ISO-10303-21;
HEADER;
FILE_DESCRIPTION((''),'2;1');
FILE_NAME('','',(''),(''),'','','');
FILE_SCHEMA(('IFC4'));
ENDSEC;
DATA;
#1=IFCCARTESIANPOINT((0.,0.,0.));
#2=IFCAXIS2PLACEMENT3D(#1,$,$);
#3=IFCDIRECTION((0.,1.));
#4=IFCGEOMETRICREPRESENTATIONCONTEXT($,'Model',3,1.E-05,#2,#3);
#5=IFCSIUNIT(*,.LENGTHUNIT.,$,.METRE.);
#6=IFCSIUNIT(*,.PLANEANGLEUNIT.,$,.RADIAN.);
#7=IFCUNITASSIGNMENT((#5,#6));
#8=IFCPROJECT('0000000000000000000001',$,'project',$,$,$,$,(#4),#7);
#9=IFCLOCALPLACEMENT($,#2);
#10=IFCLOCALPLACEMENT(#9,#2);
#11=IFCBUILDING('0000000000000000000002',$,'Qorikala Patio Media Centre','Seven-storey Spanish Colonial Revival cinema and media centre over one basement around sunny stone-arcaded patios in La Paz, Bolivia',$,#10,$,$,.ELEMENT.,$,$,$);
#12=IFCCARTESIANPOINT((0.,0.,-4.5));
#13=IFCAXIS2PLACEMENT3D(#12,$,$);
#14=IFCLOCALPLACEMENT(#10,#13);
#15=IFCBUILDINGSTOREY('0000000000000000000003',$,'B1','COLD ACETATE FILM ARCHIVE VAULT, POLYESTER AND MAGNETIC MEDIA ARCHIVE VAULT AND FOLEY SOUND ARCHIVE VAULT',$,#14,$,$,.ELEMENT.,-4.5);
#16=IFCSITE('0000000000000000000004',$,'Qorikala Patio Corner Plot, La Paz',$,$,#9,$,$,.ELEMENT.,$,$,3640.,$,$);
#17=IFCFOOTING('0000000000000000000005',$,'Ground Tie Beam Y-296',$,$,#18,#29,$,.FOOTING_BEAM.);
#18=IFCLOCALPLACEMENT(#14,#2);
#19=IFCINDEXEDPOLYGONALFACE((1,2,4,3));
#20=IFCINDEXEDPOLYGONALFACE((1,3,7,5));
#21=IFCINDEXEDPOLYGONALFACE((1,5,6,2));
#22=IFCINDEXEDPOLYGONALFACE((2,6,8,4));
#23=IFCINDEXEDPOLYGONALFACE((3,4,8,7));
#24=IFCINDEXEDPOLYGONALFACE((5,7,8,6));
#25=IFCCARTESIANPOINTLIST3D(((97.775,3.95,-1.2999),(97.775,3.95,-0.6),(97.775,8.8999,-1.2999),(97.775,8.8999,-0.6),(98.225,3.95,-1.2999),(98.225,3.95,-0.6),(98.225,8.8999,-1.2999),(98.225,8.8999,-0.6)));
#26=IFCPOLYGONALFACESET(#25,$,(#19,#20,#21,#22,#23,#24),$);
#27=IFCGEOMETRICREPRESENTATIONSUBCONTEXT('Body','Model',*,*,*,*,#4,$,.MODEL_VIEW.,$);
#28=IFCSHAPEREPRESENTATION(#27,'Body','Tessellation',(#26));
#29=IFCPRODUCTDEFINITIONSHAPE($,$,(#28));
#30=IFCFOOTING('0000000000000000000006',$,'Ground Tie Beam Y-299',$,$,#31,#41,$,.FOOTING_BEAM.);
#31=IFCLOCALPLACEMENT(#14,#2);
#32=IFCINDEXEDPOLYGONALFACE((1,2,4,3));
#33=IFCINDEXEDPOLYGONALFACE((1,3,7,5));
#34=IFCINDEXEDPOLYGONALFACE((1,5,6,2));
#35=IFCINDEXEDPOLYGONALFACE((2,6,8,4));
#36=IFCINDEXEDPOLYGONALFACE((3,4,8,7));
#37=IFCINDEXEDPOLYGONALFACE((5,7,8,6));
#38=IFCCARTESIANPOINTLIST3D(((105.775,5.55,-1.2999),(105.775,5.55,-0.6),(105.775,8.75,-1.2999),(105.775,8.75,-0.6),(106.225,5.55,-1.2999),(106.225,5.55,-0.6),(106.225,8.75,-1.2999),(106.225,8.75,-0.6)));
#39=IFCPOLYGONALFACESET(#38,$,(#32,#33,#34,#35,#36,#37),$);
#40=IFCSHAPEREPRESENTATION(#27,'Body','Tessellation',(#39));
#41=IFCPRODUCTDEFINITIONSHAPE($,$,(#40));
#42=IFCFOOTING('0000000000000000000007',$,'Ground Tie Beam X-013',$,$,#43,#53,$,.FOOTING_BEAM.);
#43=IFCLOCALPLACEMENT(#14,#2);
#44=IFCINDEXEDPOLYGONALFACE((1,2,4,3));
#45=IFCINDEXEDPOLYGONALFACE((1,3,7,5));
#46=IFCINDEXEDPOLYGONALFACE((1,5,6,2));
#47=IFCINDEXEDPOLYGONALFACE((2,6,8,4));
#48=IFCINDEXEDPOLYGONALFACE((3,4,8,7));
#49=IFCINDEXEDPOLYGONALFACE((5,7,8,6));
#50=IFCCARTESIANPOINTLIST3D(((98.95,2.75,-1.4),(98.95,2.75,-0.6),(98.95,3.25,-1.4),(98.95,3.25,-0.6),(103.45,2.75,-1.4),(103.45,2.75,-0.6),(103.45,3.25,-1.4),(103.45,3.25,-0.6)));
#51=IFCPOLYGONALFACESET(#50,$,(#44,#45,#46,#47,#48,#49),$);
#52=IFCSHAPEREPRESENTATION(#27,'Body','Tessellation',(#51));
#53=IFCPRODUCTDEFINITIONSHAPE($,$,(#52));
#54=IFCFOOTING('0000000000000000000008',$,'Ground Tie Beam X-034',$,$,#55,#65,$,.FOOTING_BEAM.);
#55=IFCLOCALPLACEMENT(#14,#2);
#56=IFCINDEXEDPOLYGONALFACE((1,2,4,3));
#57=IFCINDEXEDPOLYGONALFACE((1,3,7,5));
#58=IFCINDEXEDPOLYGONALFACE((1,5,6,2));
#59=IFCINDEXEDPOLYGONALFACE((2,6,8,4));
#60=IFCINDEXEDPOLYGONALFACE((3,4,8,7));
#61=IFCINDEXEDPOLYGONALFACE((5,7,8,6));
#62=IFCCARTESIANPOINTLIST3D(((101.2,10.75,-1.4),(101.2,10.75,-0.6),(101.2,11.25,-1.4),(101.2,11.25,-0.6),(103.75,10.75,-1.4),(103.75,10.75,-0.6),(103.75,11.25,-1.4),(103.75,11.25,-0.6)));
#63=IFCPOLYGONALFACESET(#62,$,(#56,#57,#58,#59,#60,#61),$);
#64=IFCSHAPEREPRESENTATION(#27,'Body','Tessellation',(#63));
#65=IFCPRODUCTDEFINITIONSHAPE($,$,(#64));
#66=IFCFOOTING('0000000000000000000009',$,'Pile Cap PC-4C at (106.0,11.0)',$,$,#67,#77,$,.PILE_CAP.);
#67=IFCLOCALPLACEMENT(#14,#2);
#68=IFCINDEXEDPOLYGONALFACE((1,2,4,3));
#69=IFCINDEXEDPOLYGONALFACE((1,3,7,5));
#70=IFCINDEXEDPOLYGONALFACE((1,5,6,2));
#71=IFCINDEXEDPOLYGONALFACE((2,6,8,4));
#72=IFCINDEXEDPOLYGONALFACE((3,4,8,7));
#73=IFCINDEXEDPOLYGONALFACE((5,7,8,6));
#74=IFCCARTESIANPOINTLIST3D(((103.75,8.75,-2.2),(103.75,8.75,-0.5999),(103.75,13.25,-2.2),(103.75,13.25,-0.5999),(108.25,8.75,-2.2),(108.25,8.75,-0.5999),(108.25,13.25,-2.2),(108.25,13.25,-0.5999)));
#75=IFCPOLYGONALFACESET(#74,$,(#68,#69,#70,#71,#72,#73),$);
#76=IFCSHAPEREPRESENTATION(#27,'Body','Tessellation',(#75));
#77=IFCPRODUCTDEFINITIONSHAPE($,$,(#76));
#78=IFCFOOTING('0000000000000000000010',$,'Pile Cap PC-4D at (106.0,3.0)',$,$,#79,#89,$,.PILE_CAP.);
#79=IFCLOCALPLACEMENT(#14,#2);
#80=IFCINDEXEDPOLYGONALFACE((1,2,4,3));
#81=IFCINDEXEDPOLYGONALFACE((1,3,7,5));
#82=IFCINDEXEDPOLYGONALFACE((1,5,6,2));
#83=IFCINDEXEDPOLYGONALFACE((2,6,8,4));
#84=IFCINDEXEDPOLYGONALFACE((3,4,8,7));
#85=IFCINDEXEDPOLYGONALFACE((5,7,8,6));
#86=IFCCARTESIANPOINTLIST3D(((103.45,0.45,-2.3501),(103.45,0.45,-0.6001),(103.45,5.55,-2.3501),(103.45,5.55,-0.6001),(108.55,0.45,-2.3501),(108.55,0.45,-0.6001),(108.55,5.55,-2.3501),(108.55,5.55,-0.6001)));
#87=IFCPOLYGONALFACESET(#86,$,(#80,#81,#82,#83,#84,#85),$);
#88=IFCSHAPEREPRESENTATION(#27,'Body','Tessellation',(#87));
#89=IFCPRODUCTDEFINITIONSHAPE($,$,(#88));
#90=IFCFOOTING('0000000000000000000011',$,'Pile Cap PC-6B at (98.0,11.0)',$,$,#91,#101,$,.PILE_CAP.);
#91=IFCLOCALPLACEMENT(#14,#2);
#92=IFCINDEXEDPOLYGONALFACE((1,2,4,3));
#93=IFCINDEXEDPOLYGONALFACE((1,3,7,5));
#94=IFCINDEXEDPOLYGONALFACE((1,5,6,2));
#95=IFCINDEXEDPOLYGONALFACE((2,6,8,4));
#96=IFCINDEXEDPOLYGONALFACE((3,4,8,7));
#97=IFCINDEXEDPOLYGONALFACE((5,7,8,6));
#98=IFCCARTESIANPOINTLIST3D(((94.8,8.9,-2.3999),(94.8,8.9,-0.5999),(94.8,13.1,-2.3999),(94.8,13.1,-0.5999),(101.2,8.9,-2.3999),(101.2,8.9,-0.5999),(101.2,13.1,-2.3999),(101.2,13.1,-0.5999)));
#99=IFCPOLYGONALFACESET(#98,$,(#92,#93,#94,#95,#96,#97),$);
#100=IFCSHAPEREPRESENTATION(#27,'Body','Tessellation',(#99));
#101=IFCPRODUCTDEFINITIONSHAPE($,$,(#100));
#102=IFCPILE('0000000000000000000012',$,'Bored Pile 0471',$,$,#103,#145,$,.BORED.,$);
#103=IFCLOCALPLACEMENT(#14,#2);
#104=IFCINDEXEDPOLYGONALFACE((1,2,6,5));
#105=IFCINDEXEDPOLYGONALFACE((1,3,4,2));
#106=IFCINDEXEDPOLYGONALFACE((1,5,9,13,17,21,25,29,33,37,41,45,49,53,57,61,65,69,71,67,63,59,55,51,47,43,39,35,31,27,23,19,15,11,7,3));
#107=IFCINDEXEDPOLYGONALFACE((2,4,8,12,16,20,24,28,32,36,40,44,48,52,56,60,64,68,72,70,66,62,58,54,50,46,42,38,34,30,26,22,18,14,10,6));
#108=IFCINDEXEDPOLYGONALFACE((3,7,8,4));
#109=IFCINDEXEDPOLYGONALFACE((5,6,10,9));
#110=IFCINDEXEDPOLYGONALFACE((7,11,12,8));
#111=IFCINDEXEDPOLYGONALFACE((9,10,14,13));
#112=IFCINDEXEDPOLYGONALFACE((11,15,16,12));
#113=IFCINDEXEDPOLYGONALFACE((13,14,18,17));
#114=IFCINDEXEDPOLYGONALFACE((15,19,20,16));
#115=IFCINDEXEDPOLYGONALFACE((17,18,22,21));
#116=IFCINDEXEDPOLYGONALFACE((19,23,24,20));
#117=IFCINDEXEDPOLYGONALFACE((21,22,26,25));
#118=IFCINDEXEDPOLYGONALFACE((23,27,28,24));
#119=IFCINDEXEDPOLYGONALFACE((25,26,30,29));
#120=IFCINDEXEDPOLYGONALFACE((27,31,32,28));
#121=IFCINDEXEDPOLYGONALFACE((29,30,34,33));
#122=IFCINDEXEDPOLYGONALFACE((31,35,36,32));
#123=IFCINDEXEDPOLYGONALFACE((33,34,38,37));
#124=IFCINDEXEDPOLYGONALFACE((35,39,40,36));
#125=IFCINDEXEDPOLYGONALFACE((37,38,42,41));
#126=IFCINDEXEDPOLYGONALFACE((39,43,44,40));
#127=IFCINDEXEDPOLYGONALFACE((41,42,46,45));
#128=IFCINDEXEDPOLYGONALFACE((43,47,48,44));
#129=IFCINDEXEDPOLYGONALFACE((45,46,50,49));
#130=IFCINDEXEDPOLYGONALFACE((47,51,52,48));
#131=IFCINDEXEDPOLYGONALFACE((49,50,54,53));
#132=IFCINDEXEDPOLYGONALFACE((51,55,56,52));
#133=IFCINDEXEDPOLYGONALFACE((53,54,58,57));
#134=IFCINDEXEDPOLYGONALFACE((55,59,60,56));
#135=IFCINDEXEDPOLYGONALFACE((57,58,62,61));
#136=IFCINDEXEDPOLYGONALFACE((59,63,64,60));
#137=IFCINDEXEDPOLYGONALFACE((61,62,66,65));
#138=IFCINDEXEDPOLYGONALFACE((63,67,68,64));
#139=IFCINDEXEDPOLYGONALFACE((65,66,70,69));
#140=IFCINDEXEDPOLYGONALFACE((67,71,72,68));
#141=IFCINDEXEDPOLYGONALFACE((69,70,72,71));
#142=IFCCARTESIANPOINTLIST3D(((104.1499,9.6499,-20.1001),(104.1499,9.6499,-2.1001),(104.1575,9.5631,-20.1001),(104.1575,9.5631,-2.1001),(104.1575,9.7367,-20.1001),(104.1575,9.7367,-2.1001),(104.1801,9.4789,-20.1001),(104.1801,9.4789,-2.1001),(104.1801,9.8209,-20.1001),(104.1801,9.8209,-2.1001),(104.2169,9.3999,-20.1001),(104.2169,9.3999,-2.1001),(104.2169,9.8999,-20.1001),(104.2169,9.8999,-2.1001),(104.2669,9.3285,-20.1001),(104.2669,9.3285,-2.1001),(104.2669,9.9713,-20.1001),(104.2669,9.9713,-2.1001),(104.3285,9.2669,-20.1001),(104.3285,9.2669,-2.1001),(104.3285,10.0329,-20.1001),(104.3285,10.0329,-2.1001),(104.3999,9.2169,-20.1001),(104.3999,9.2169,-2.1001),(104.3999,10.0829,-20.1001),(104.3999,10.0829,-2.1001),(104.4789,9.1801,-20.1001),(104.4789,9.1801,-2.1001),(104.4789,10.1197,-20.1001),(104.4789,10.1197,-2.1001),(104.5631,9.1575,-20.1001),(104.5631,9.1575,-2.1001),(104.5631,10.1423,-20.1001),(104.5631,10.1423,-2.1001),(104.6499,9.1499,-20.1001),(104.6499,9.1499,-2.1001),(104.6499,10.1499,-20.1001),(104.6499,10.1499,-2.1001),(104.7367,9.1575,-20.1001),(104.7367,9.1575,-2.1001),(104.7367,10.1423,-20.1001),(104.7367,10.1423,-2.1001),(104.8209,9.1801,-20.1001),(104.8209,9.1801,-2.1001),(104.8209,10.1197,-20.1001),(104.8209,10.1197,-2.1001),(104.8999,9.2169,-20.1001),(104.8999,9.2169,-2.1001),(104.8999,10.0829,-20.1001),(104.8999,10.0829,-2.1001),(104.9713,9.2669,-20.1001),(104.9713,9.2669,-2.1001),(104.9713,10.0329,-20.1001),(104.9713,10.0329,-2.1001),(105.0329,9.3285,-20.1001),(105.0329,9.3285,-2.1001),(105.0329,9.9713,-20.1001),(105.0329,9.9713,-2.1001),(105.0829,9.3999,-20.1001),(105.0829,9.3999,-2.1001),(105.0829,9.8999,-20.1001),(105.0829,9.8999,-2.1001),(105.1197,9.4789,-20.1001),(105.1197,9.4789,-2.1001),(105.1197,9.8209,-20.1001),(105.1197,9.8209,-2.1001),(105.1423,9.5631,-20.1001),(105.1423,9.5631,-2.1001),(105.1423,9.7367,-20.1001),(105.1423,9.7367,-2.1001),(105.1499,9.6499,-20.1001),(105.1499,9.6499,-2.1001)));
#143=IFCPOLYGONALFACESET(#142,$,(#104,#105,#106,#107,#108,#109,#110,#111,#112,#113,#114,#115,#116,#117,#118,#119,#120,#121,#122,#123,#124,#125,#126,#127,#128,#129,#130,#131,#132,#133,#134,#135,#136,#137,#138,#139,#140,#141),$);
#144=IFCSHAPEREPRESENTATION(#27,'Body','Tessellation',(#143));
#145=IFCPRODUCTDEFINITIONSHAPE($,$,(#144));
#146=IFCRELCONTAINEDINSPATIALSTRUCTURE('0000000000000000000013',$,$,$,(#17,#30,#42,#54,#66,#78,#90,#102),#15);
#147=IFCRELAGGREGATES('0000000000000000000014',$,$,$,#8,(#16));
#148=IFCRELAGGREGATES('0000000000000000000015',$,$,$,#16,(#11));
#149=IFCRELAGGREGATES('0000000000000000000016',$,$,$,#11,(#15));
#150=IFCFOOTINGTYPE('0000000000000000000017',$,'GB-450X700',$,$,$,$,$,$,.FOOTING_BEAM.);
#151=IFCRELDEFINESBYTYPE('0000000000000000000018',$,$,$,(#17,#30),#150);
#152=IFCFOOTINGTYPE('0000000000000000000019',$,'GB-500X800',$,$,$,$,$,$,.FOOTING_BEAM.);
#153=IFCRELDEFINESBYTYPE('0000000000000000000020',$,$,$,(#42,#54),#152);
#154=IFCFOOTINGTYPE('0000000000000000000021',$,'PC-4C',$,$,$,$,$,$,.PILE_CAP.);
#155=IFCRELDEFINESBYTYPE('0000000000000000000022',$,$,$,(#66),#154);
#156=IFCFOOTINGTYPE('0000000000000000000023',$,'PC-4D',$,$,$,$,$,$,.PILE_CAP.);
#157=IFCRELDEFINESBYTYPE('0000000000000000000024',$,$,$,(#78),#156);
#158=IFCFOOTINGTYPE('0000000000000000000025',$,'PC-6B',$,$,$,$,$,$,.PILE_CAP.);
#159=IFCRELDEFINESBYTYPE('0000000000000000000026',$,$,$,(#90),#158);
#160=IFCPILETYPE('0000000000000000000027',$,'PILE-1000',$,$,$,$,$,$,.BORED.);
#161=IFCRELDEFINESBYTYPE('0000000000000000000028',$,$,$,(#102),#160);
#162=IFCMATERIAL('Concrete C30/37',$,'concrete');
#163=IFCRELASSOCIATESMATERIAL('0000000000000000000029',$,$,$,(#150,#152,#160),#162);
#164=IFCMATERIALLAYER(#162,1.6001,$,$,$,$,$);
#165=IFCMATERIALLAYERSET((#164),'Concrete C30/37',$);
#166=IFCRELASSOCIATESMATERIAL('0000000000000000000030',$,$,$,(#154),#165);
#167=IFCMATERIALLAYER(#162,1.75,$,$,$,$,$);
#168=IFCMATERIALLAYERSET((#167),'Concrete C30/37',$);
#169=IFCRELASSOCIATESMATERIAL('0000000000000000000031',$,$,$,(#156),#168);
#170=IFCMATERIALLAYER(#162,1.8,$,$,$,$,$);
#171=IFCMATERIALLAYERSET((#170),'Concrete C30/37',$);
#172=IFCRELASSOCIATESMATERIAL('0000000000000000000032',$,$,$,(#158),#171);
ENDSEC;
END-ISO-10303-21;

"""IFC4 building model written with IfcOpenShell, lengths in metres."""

from ifc_helpers import new_model, si_unit, direction, frame, origin, origin_2d, place, context, subcontext, project, spatial, rectangle, circle, extrude, material, layer, layer_set, material_profile, profile_set, type_object, element, save


model = new_model("IFC4")

# Units and contexts
model_context = context("Model", 3, precision=1e-05, world=origin(), true_north=direction((0.0, 1.0)))
body_context = subcontext(model_context, "Body", "Model", "MODEL_VIEW")
ifc_project = project(units=[si_unit("LENGTHUNIT", "METRE"), si_unit("PLANEANGLEUNIT", "RADIAN")], contexts=[model_context])

# Site, building, storey
site_placement = place(None, origin())
site = spatial("IfcSite", under=ifc_project, at=site_placement, Name="Qorikala Patio Corner Plot, La Paz", CompositionType="ELEMENT", RefElevation=3640.0)
building_placement = place(site_placement, origin())
building = spatial("IfcBuilding", under=site, at=building_placement, Name="Qorikala Patio Media Centre", Description="Seven-storey Spanish Colonial Revival cinema and media centre over one basement around sunny stone-arcaded patios in La Paz, Bolivia", CompositionType="ELEMENT")
storey_placement = place(building_placement, frame((0.0, 0.0, -4.5)))
storey = spatial("IfcBuildingStorey", under=building, at=storey_placement, Name="B1", Description="COLD ACETATE FILM ARCHIVE VAULT, POLYESTER AND MAGNETIC MEDIA ARCHIVE VAULT AND FOLEY SOUND ARCHIVE VAULT", CompositionType="ELEMENT", Elevation=-4.5)

# Footings
ifc_material_1 = material(Name="Concrete C30/37", Category="concrete")
ifc_material_profile_1 = material_profile(ifc_material_1, rectangle(XDim=0.45, YDim=0.7, at=origin_2d()), Name="RC 450x700")
ifc_profile_set_1 = profile_set([ifc_material_profile_1], Name="Concrete C30/37")
footing_type_1 = type_object("IfcFootingType", Name="GB-450X700", PredefinedType="FOOTING_BEAM", material=ifc_profile_set_1)
footing_1_placement = place(storey_placement, frame((98.0, 3.95, -0.95), z_axis=(0.0, 1.0, 0.0), x_axis=(-1.0, 0.0, 0.0)))
element("IfcFooting", 1, at=footing_1_placement, inside=storey, type_object=footing_type_1, Name="Ground Tie Beam Y-296", PredefinedType="FOOTING_BEAM", context=body_context, shape_type="SweptSolid", body=[
    extrude(rectangle(XDim=0.45, YDim=0.7, at=origin_2d()), origin(), (0.0, 0.0, 1.0), 4.95),
])
footing_2_placement = place(storey_placement, frame((106.0, 5.55, -0.95), z_axis=(0.0, 1.0, 0.0), x_axis=(-1.0, 0.0, 0.0)))
element("IfcFooting", 2, at=footing_2_placement, inside=storey, type_object=footing_type_1, Name="Ground Tie Beam Y-299", PredefinedType="FOOTING_BEAM", context=body_context, shape_type="SweptSolid", body=[
    extrude(rectangle(XDim=0.45, YDim=0.7, at=origin_2d()), origin(), (0.0, 0.0, 1.0), 3.2),
])
ifc_material_profile_2 = material_profile(ifc_material_1, rectangle(XDim=0.5, YDim=0.8, at=origin_2d()), Name="RC 500x800")
ifc_profile_set_2 = profile_set([ifc_material_profile_2], Name="Concrete C30/37")
footing_type_2 = type_object("IfcFootingType", Name="GB-500X800", PredefinedType="FOOTING_BEAM", material=ifc_profile_set_2)
footing_3_placement = place(storey_placement, frame((98.95, 3.0, -1.0), z_axis=(1.0, 0.0, 0.0), x_axis=(0.0, 1.0, 0.0)))
element("IfcFooting", 3, at=footing_3_placement, inside=storey, type_object=footing_type_2, Name="Ground Tie Beam X-013", PredefinedType="FOOTING_BEAM", context=body_context, shape_type="SweptSolid", body=[
    extrude(rectangle(XDim=0.5, YDim=0.8, at=origin_2d()), origin(), (0.0, 0.0, 1.0), 4.5),
])
footing_4_placement = place(storey_placement, frame((101.2, 11.0, -1.0), z_axis=(1.0, 0.0, 0.0), x_axis=(0.0, 1.0, 0.0)))
element("IfcFooting", 4, at=footing_4_placement, inside=storey, type_object=footing_type_2, Name="Ground Tie Beam X-034", PredefinedType="FOOTING_BEAM", context=body_context, shape_type="SweptSolid", body=[
    extrude(rectangle(XDim=0.5, YDim=0.8, at=origin_2d()), origin(), (0.0, 0.0, 1.0), 2.55),
])
ifc_layer_1 = layer(ifc_material_1, 1.6001)
ifc_layer_set_1 = layer_set([ifc_layer_1], Name="Concrete C30/37")
footing_type_3 = type_object("IfcFootingType", Name="PC-4C", PredefinedType="PILE_CAP", material=ifc_layer_set_1)
footing_5_placement = place(storey_placement, frame((106.0, 11.0, -2.2), z_axis=(0.0, 0.0, 1.0), x_axis=(1.0, 0.0, 0.0)))
element("IfcFooting", 5, at=footing_5_placement, inside=storey, type_object=footing_type_3, Name="Pile Cap PC-4C at (106.0,11.0)", PredefinedType="PILE_CAP", context=body_context, shape_type="SweptSolid", body=[
    extrude(rectangle(XDim=4.5, YDim=4.5, at=origin_2d()), origin(), (0.0, 0.0, 1.0), 1.6001),
])
ifc_layer_2 = layer(ifc_material_1, 1.75)
ifc_layer_set_2 = layer_set([ifc_layer_2], Name="Concrete C30/37")
footing_type_4 = type_object("IfcFootingType", Name="PC-4D", PredefinedType="PILE_CAP", material=ifc_layer_set_2)
footing_6_placement = place(storey_placement, frame((106.0, 3.0, -2.3501), z_axis=(0.0, 0.0, 1.0), x_axis=(1.0, 0.0, 0.0)))
element("IfcFooting", 6, at=footing_6_placement, inside=storey, type_object=footing_type_4, Name="Pile Cap PC-4D at (106.0,3.0)", PredefinedType="PILE_CAP", context=body_context, shape_type="SweptSolid", body=[
    extrude(rectangle(XDim=5.1001, YDim=5.1001, at=origin_2d()), origin(), (0.0, 0.0, 1.0), 1.75),
])
ifc_layer_3 = layer(ifc_material_1, 1.8)
ifc_layer_set_3 = layer_set([ifc_layer_3], Name="Concrete C30/37")
footing_type_5 = type_object("IfcFootingType", Name="PC-6B", PredefinedType="PILE_CAP", material=ifc_layer_set_3)
footing_7_placement = place(storey_placement, frame((98.0, 11.0, -2.3999), z_axis=(0.0, 0.0, 1.0), x_axis=(1.0, 0.0, 0.0)))
element("IfcFooting", 7, at=footing_7_placement, inside=storey, type_object=footing_type_5, Name="Pile Cap PC-6B at (98.0,11.0)", PredefinedType="PILE_CAP", context=body_context, shape_type="SweptSolid", body=[
    extrude(rectangle(XDim=6.3999, YDim=4.2, at=origin_2d()), origin(), (0.0, 0.0, 1.0), 1.8),
])

# Pile
ifc_material_profile_3 = material_profile(ifc_material_1, circle(Radius=0.5, at=origin_2d()), Name="BORED PILE 1000")
ifc_profile_set_3 = profile_set([ifc_material_profile_3], Name="Concrete C30/37")
pile_type_1 = type_object("IfcPileType", Name="PILE-1000", PredefinedType="BORED", material=ifc_profile_set_3)
pile_placement = place(storey_placement, frame((104.6499, 9.6499, -2.1001), z_axis=(0.0, 0.0, -1.0), x_axis=(1.0, 0.0, 0.0)))
element("IfcPile", 8, at=pile_placement, inside=storey, type_object=pile_type_1, Name="Bored Pile 0471", PredefinedType="BORED", context=body_context, shape_type="SweptSolid", body=[
    extrude(circle(Radius=0.5, at=origin_2d()), origin(), (0.0, 0.0, 1.0), 18.0),
])

save(model, "model.ifc")
